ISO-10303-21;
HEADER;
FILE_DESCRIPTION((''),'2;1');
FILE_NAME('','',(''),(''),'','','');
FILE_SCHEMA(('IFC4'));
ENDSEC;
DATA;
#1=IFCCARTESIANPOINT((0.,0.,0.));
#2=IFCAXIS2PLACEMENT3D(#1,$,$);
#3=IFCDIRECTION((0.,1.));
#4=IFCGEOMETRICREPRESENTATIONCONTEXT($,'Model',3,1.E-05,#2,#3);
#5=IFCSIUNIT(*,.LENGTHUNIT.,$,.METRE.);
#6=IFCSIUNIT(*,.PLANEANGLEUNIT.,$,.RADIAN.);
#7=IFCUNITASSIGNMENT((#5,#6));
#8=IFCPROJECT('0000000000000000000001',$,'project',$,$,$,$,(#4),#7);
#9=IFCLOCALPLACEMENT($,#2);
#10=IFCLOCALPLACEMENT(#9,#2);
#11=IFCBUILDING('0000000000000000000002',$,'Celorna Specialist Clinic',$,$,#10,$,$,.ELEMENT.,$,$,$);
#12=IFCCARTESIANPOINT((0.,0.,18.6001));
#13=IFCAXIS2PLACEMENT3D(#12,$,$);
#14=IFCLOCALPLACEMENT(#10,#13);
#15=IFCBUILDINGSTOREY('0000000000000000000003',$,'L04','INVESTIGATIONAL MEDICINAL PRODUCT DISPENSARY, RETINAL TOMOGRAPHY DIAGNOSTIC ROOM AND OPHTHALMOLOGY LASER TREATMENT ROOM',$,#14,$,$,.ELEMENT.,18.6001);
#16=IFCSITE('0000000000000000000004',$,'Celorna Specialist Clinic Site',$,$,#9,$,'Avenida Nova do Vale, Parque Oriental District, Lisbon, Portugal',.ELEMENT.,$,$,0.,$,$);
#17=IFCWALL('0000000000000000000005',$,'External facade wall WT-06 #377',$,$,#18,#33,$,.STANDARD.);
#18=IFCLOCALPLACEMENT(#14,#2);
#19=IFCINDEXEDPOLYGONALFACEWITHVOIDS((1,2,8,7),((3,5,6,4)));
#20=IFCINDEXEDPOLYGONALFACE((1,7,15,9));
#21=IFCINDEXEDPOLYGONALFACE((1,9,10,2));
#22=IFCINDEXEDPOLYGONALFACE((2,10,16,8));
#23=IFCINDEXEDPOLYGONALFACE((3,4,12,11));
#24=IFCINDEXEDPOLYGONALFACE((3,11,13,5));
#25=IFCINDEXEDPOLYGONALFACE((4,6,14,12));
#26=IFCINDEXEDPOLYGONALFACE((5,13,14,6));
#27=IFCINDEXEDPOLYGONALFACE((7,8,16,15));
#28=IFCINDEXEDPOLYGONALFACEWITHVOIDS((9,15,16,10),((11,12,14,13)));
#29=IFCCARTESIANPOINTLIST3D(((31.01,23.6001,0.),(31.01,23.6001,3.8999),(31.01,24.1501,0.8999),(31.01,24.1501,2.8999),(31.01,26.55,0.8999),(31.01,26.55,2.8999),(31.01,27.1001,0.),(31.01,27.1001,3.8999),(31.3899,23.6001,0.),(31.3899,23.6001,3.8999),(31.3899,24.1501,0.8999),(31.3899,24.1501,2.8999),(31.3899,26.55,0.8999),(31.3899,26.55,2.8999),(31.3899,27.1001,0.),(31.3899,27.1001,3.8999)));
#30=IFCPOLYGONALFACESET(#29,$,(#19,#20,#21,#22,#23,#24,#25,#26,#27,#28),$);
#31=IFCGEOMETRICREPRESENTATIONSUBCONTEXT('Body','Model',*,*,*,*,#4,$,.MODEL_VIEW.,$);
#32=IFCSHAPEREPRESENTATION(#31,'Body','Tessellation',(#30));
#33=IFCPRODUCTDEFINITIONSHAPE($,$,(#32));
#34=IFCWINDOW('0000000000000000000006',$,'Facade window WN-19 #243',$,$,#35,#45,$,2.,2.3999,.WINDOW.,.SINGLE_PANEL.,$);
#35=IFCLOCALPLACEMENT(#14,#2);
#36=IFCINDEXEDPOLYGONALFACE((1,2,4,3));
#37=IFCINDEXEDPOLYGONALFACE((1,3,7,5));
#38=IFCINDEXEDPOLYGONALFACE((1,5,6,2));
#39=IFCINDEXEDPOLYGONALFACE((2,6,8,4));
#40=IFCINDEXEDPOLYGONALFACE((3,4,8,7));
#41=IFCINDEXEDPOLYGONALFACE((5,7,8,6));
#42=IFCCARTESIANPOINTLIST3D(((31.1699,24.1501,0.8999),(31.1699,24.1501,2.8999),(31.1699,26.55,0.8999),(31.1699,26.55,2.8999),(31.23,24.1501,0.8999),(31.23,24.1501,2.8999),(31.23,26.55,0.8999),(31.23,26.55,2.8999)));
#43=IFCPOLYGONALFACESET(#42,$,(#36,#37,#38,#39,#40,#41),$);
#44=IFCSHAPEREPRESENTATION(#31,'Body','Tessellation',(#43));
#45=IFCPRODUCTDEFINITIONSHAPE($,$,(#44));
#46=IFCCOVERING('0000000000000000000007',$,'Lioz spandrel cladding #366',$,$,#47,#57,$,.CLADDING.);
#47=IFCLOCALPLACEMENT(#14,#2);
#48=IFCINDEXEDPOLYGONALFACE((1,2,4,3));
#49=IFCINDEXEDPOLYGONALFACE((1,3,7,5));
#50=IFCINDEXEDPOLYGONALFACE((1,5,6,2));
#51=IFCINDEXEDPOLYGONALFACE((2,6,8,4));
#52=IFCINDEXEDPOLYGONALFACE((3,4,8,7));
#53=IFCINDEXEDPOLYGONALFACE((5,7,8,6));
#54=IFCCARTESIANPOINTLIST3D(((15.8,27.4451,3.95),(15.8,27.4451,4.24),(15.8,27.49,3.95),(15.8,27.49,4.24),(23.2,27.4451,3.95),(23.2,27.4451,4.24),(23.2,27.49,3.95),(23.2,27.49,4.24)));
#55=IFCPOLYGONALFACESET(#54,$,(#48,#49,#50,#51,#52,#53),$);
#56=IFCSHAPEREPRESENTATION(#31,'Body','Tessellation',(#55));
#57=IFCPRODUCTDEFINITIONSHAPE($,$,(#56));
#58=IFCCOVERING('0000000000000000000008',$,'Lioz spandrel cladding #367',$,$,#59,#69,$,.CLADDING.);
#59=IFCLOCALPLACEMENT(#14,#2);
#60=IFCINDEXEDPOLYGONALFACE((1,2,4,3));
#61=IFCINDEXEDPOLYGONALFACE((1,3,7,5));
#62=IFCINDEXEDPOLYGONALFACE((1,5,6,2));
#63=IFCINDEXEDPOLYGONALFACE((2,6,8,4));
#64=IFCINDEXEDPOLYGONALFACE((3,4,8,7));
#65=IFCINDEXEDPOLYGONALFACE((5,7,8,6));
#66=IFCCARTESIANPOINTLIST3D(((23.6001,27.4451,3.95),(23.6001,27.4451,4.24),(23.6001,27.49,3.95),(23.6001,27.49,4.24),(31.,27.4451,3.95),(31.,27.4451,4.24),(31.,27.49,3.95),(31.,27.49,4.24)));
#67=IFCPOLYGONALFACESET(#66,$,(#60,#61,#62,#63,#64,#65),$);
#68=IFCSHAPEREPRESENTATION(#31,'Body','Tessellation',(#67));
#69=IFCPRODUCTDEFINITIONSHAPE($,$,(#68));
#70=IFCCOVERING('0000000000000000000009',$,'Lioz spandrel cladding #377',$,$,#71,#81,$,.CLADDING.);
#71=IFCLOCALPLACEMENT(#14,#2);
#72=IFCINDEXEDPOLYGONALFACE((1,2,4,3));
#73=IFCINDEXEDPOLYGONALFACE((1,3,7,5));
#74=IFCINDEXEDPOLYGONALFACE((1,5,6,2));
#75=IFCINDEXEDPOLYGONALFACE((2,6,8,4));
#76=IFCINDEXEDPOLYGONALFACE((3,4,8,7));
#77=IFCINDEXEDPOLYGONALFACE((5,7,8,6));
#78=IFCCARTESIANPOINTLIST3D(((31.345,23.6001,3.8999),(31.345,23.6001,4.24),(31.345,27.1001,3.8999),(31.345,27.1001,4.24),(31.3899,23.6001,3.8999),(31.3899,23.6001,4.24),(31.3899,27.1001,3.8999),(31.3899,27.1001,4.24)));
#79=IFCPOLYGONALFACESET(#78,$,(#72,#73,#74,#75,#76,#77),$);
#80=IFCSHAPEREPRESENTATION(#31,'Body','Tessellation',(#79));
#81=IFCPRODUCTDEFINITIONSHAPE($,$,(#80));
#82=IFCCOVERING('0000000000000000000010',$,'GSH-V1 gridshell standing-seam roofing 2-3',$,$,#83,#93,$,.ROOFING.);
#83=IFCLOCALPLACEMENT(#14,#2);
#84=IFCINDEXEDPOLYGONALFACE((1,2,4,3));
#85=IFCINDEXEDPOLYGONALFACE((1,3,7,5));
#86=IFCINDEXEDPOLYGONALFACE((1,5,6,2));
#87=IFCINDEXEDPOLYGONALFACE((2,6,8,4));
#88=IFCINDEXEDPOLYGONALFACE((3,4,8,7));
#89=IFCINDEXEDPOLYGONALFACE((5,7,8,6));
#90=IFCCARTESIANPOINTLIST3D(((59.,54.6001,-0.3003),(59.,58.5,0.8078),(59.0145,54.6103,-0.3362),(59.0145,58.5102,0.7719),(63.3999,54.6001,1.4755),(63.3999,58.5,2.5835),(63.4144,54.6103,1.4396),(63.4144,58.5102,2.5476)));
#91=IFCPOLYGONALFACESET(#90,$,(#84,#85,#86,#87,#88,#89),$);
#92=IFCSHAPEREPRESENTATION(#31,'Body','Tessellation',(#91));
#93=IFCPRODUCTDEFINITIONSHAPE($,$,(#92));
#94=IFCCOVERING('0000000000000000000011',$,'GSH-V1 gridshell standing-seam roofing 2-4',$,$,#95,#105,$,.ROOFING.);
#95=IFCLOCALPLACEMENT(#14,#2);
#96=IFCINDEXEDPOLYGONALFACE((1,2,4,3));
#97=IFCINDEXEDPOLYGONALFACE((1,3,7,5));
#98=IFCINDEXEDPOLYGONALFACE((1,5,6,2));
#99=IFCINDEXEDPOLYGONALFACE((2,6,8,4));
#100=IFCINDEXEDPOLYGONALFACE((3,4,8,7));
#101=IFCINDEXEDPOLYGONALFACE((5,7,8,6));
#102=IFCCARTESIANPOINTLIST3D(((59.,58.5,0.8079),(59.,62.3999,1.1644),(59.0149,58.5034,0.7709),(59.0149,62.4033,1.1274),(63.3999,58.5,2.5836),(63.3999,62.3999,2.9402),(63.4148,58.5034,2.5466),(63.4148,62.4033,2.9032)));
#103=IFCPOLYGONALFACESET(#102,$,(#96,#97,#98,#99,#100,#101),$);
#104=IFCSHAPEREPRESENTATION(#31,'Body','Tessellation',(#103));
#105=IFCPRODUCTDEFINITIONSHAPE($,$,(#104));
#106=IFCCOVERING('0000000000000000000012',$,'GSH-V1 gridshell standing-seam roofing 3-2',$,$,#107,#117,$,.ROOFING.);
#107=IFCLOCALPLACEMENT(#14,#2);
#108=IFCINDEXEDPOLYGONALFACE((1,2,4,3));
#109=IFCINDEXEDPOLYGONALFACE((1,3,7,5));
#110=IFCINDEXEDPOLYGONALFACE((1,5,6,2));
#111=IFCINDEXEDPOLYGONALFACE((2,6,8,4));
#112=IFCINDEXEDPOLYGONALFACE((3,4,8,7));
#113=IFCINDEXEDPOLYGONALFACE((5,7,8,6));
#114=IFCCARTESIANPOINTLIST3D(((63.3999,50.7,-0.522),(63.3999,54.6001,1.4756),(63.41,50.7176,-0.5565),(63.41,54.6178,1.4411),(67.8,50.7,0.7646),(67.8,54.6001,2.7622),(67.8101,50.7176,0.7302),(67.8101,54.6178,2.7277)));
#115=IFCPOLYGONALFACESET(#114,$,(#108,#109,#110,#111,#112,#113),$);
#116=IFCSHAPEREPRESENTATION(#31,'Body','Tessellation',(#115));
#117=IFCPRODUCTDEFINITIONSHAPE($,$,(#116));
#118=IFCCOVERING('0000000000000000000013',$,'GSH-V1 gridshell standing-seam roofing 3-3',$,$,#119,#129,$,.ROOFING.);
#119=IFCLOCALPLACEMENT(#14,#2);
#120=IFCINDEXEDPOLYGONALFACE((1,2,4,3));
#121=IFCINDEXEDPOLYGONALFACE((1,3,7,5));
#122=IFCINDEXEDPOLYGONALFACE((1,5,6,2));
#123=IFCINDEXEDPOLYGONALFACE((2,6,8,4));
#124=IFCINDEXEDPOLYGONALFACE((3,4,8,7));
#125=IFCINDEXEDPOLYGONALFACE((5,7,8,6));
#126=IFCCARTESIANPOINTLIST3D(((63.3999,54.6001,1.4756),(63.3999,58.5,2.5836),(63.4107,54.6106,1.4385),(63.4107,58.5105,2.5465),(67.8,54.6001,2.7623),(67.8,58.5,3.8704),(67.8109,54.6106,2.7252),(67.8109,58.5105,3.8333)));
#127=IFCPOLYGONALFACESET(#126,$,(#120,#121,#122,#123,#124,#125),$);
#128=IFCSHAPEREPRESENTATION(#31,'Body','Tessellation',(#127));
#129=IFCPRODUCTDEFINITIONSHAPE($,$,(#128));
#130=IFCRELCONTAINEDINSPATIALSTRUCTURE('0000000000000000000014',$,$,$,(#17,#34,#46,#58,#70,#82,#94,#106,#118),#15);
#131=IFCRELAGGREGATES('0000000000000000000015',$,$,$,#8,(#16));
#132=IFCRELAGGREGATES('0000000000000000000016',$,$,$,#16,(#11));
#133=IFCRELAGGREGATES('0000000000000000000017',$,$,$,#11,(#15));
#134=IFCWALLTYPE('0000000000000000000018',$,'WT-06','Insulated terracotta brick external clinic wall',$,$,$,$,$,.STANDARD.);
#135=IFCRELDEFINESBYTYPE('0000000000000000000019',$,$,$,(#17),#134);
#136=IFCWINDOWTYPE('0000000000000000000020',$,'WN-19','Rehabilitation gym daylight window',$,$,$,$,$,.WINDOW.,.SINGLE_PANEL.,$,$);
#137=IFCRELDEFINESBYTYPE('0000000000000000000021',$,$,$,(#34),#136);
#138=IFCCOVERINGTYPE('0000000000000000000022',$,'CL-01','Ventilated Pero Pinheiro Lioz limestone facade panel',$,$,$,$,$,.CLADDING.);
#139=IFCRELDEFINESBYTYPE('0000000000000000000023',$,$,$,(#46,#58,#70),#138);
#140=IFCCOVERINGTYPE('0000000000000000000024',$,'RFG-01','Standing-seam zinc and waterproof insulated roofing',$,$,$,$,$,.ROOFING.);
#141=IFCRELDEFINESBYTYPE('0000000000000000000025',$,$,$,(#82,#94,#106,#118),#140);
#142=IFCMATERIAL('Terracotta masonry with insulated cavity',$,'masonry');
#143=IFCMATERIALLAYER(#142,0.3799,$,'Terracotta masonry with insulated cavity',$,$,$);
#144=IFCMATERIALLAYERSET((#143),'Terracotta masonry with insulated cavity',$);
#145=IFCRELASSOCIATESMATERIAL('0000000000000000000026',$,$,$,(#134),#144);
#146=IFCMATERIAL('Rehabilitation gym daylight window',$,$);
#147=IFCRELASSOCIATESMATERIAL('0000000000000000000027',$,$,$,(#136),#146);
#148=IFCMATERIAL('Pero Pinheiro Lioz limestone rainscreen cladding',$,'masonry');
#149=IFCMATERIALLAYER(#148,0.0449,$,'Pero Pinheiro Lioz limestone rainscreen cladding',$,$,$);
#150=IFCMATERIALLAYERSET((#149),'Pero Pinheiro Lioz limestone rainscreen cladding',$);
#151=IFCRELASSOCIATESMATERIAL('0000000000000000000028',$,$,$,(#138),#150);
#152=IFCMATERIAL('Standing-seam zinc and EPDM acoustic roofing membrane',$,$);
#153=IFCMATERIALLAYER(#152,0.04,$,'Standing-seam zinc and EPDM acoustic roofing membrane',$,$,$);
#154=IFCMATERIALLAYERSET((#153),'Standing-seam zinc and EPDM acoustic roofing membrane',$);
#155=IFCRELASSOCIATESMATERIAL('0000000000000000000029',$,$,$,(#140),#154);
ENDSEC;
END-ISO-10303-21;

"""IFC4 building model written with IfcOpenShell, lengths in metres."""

from ifc_helpers import new_model, si_unit, direction, frame, frame_2d, origin, origin_2d, place, context, subcontext, project, spatial, polyline, rectangle, outline, extrude, material, layer, layer_set, type_object, element, fill, save


model = new_model("IFC4")

# Units and contexts
model_context = context("Model", 3, precision=1e-05, world=origin(), true_north=direction((0.0, 1.0)))
body_context = subcontext(model_context, "Body", "Model", "MODEL_VIEW")
ifc_project = project(units=[si_unit("LENGTHUNIT", "METRE"), si_unit("PLANEANGLEUNIT", "RADIAN")], contexts=[model_context])

# Site, building, storey
site_placement = place(None, origin())
site = spatial("IfcSite", under=ifc_project, at=site_placement, Name="Celorna Specialist Clinic Site", LongName="Avenida Nova do Vale, Parque Oriental District, Lisbon, Portugal", CompositionType="ELEMENT", RefElevation=0.0)
building_placement = place(site_placement, origin())
building = spatial("IfcBuilding", under=site, at=building_placement, Name="Celorna Specialist Clinic", CompositionType="ELEMENT")
storey_placement = place(building_placement, frame((0.0, 0.0, 18.6001)))
storey = spatial("IfcBuildingStorey", under=building, at=storey_placement, Name="L04", Description="INVESTIGATIONAL MEDICINAL PRODUCT DISPENSARY, RETINAL TOMOGRAPHY DIAGNOSTIC ROOM AND OPHTHALMOLOGY LASER TREATMENT ROOM", CompositionType="ELEMENT", Elevation=18.6001)

# Wall, opening, window
ifc_material_1 = material(Name="Terracotta masonry with insulated cavity", Category="masonry")
ifc_layer_1 = layer(ifc_material_1, 0.3799, Name="Terracotta masonry with insulated cavity")
ifc_layer_set_1 = layer_set([ifc_layer_1], Name="Terracotta masonry with insulated cavity")
wall_type = type_object("IfcWallType", Name="WT-06", Description="Insulated terracotta brick external clinic wall", PredefinedType="STANDARD", material=ifc_layer_set_1)
wall_1_placement = place(storey_placement, frame((31.2, 27.1001, 0.0), z_axis=(0.0, 0.0, 1.0), x_axis=(0.0, -1.0, 0.0)))
wall_1 = element("IfcWall", 1, at=wall_1_placement, inside=storey, type_object=wall_type, Name="External facade wall WT-06 #377", PredefinedType="STANDARD", context=body_context, shape_type="SweptSolid", body=[
    extrude(rectangle(XDim=3.5, YDim=0.3799, at=frame_2d((1.75, 0.0))), origin(), (0.0, 0.0, 1.0), 3.8999),
])
opening_1_placement = place(wall_1_placement, frame((0.55, 0.0, 0.8999)))
opening_1 = element("IfcOpeningElement", 2, at=opening_1_placement, cuts=wall_1, PredefinedType="OPENING", context=body_context, shape_type="SweptSolid", body=[
    extrude(rectangle(XDim=2.3999, YDim=2.0, at=frame_2d((1.2, 1.0))), frame((0.0, 0.2, 0.0), z_axis=(0.0, -1.0, 0.0), x_axis=(1.0, 0.0, 0.0)), (0.0, 0.0, 1.0), 0.3999),
])
ifc_material_2 = material(Name="Rehabilitation gym daylight window")
window_type_1 = type_object("IfcWindowType", Name="WN-19", Description="Rehabilitation gym daylight window", PartitioningType="SINGLE_PANEL", PredefinedType="WINDOW", material=ifc_material_2)
window_1_placement = place(opening_1_placement, origin())
window_1 = element("IfcWindow", 3, at=window_1_placement, inside=storey, type_object=window_type_1, Name="Facade window WN-19 #243", OverallHeight=2.0, OverallWidth=2.3999, PartitioningType="SINGLE_PANEL", PredefinedType="WINDOW", context=body_context, shape_type="SweptSolid", body=[
    extrude(rectangle(XDim=2.3999, YDim=2.0, at=frame_2d((1.2, 1.0))), frame((0.0, 0.03, 0.0), z_axis=(0.0, -1.0, 0.0), x_axis=(1.0, 0.0, 0.0)), (0.0, 0.0, 1.0), 0.0601),
])
fill(opening_1, window_1)

# Coverings
ifc_material_3 = material(Name="Pero Pinheiro Lioz limestone rainscreen cladding", Category="masonry")
ifc_layer_2 = layer(ifc_material_3, 0.0449, Name="Pero Pinheiro Lioz limestone rainscreen cladding")
ifc_layer_set_2 = layer_set([ifc_layer_2], Name="Pero Pinheiro Lioz limestone rainscreen cladding")
covering_type_1 = type_object("IfcCoveringType", Name="CL-01", Description="Ventilated Pero Pinheiro Lioz limestone facade panel", PredefinedType="CLADDING", material=ifc_layer_set_2)
for number, where, z_axis, x_axis, name in (
    (4, (19.5, 27.4675, 3.95), (0.0, 0.0, 1.0), (1.0, 0.0, 0.0), "Lioz spandrel cladding #366"),
    (5, (27.3, 27.4675, 3.95), (0.0, 0.0, 1.0), (1.0, 0.0, 0.0), "Lioz spandrel cladding #367"),
):
    element("IfcCovering", number, at=place(storey_placement, frame(where, z_axis=z_axis, x_axis=x_axis)), inside=storey, type_object=covering_type_1, Name=name, PredefinedType="CLADDING", context=body_context, shape_type="SweptSolid", body=[
        extrude(rectangle(XDim=7.3999, YDim=0.0449, at=origin_2d()), origin(), (0.0, 0.0, 1.0), 0.29),
    ])
covering_1_placement = place(storey_placement, frame((31.3674, 25.3501, 3.8999), z_axis=(0.0, 0.0, 1.0), x_axis=(0.0, -1.0, 0.0)))
element("IfcCovering", 6, at=covering_1_placement, inside=storey, type_object=covering_type_1, Name="Lioz spandrel cladding #377", PredefinedType="CLADDING", context=body_context, shape_type="SweptSolid", body=[
    extrude(rectangle(XDim=3.5, YDim=0.0449, at=origin_2d()), origin(), (0.0, 0.0, 1.0), 0.3401),
])
ifc_material_4 = material(Name="Standing-seam zinc and EPDM acoustic roofing membrane")
ifc_layer_3 = layer(ifc_material_4, 0.04, Name="Standing-seam zinc and EPDM acoustic roofing membrane")
ifc_layer_set_3 = layer_set([ifc_layer_3], Name="Standing-seam zinc and EPDM acoustic roofing membrane")
covering_type_2 = type_object("IfcCoveringType", Name="RFG-01", Description="Standing-seam zinc and waterproof insulated roofing", PredefinedType="ROOFING", material=ifc_layer_set_3)
covering_2_placement = place(storey_placement, frame((59.0, 54.6001, -0.3003), z_axis=(-0.361908, -0.254775, 0.896723), x_axis=(0.927324, 0.000006, 0.37426)))
element("IfcCovering", 7, at=covering_2_placement, inside=storey, type_object=covering_type_2, Name="GSH-V1 gridshell standing-seam roofing 2-3", PredefinedType="ROOFING", context=body_context, shape_type="SweptSolid", body=[
    extrude(outline(polyline([(0.0, 0.0), (4.7448, 0.0), (5.1594, 4.033), (0.4148, 4.033), (0.0, 0.0)])), origin(), (0.0, 0.0, -1.0), 0.04),
])
covering_3_placement = place(storey_placement, frame((59.0, 58.5, 0.8079), z_axis=(-0.372921, -0.084482, 0.924009), x_axis=(0.927324, -0.000002, 0.374259)))
element("IfcCovering", 8, at=covering_3_placement, inside=storey, type_object=covering_type_2, Name="GSH-V1 gridshell standing-seam roofing 2-4", PredefinedType="ROOFING", context=body_context, shape_type="SweptSolid", body=[
    extrude(outline(polyline([(0.0, 0.0), (4.7447, 0.0), (4.8782, 3.9139), (0.1334, 3.9139), (0.0, 0.0)])), origin(), (0.0, 0.0, -1.0), 0.04),
])
covering_4_placement = place(storey_placement, frame((63.3999, 50.7, -0.522), z_axis=(-0.251865, -0.441166, 0.861358), x_axis=(0.95981, 0.0, 0.280652)))
element("IfcCovering", 9, at=covering_4_placement, inside=storey, type_object=covering_type_2, Name="GSH-V1 gridshell standing-seam roofing 3-2", PredefinedType="ROOFING", context=body_context, shape_type="SweptSolid", body=[
    extrude(outline(polyline([(0.0, 0.0), (4.5844, 0.0), (5.145, 4.3459), (0.5606, 4.3459), (0.0, 0.0)])), origin(), (0.0, 0.0, -1.0), 0.04),
])
covering_5_placement = place(storey_placement, frame((63.3999, 54.6001, 1.4756), z_axis=(-0.270789, -0.26309, 0.92599), x_axis=(0.959803, -0.000006, 0.280675)))
element("IfcCovering", 10, at=covering_5_placement, inside=storey, type_object=covering_type_2, Name="GSH-V1 gridshell standing-seam roofing 3-3", PredefinedType="ROOFING", context=body_context, shape_type="SweptSolid", body=[
    extrude(outline(polyline([(0.0, 0.0), (4.5844, 0.0), (4.8954, 4.0423), (0.3109, 4.0423), (0.0, 0.0)])), origin(), (0.0, 0.0, -1.0), 0.04),
])

save(model, "model.ifc")
